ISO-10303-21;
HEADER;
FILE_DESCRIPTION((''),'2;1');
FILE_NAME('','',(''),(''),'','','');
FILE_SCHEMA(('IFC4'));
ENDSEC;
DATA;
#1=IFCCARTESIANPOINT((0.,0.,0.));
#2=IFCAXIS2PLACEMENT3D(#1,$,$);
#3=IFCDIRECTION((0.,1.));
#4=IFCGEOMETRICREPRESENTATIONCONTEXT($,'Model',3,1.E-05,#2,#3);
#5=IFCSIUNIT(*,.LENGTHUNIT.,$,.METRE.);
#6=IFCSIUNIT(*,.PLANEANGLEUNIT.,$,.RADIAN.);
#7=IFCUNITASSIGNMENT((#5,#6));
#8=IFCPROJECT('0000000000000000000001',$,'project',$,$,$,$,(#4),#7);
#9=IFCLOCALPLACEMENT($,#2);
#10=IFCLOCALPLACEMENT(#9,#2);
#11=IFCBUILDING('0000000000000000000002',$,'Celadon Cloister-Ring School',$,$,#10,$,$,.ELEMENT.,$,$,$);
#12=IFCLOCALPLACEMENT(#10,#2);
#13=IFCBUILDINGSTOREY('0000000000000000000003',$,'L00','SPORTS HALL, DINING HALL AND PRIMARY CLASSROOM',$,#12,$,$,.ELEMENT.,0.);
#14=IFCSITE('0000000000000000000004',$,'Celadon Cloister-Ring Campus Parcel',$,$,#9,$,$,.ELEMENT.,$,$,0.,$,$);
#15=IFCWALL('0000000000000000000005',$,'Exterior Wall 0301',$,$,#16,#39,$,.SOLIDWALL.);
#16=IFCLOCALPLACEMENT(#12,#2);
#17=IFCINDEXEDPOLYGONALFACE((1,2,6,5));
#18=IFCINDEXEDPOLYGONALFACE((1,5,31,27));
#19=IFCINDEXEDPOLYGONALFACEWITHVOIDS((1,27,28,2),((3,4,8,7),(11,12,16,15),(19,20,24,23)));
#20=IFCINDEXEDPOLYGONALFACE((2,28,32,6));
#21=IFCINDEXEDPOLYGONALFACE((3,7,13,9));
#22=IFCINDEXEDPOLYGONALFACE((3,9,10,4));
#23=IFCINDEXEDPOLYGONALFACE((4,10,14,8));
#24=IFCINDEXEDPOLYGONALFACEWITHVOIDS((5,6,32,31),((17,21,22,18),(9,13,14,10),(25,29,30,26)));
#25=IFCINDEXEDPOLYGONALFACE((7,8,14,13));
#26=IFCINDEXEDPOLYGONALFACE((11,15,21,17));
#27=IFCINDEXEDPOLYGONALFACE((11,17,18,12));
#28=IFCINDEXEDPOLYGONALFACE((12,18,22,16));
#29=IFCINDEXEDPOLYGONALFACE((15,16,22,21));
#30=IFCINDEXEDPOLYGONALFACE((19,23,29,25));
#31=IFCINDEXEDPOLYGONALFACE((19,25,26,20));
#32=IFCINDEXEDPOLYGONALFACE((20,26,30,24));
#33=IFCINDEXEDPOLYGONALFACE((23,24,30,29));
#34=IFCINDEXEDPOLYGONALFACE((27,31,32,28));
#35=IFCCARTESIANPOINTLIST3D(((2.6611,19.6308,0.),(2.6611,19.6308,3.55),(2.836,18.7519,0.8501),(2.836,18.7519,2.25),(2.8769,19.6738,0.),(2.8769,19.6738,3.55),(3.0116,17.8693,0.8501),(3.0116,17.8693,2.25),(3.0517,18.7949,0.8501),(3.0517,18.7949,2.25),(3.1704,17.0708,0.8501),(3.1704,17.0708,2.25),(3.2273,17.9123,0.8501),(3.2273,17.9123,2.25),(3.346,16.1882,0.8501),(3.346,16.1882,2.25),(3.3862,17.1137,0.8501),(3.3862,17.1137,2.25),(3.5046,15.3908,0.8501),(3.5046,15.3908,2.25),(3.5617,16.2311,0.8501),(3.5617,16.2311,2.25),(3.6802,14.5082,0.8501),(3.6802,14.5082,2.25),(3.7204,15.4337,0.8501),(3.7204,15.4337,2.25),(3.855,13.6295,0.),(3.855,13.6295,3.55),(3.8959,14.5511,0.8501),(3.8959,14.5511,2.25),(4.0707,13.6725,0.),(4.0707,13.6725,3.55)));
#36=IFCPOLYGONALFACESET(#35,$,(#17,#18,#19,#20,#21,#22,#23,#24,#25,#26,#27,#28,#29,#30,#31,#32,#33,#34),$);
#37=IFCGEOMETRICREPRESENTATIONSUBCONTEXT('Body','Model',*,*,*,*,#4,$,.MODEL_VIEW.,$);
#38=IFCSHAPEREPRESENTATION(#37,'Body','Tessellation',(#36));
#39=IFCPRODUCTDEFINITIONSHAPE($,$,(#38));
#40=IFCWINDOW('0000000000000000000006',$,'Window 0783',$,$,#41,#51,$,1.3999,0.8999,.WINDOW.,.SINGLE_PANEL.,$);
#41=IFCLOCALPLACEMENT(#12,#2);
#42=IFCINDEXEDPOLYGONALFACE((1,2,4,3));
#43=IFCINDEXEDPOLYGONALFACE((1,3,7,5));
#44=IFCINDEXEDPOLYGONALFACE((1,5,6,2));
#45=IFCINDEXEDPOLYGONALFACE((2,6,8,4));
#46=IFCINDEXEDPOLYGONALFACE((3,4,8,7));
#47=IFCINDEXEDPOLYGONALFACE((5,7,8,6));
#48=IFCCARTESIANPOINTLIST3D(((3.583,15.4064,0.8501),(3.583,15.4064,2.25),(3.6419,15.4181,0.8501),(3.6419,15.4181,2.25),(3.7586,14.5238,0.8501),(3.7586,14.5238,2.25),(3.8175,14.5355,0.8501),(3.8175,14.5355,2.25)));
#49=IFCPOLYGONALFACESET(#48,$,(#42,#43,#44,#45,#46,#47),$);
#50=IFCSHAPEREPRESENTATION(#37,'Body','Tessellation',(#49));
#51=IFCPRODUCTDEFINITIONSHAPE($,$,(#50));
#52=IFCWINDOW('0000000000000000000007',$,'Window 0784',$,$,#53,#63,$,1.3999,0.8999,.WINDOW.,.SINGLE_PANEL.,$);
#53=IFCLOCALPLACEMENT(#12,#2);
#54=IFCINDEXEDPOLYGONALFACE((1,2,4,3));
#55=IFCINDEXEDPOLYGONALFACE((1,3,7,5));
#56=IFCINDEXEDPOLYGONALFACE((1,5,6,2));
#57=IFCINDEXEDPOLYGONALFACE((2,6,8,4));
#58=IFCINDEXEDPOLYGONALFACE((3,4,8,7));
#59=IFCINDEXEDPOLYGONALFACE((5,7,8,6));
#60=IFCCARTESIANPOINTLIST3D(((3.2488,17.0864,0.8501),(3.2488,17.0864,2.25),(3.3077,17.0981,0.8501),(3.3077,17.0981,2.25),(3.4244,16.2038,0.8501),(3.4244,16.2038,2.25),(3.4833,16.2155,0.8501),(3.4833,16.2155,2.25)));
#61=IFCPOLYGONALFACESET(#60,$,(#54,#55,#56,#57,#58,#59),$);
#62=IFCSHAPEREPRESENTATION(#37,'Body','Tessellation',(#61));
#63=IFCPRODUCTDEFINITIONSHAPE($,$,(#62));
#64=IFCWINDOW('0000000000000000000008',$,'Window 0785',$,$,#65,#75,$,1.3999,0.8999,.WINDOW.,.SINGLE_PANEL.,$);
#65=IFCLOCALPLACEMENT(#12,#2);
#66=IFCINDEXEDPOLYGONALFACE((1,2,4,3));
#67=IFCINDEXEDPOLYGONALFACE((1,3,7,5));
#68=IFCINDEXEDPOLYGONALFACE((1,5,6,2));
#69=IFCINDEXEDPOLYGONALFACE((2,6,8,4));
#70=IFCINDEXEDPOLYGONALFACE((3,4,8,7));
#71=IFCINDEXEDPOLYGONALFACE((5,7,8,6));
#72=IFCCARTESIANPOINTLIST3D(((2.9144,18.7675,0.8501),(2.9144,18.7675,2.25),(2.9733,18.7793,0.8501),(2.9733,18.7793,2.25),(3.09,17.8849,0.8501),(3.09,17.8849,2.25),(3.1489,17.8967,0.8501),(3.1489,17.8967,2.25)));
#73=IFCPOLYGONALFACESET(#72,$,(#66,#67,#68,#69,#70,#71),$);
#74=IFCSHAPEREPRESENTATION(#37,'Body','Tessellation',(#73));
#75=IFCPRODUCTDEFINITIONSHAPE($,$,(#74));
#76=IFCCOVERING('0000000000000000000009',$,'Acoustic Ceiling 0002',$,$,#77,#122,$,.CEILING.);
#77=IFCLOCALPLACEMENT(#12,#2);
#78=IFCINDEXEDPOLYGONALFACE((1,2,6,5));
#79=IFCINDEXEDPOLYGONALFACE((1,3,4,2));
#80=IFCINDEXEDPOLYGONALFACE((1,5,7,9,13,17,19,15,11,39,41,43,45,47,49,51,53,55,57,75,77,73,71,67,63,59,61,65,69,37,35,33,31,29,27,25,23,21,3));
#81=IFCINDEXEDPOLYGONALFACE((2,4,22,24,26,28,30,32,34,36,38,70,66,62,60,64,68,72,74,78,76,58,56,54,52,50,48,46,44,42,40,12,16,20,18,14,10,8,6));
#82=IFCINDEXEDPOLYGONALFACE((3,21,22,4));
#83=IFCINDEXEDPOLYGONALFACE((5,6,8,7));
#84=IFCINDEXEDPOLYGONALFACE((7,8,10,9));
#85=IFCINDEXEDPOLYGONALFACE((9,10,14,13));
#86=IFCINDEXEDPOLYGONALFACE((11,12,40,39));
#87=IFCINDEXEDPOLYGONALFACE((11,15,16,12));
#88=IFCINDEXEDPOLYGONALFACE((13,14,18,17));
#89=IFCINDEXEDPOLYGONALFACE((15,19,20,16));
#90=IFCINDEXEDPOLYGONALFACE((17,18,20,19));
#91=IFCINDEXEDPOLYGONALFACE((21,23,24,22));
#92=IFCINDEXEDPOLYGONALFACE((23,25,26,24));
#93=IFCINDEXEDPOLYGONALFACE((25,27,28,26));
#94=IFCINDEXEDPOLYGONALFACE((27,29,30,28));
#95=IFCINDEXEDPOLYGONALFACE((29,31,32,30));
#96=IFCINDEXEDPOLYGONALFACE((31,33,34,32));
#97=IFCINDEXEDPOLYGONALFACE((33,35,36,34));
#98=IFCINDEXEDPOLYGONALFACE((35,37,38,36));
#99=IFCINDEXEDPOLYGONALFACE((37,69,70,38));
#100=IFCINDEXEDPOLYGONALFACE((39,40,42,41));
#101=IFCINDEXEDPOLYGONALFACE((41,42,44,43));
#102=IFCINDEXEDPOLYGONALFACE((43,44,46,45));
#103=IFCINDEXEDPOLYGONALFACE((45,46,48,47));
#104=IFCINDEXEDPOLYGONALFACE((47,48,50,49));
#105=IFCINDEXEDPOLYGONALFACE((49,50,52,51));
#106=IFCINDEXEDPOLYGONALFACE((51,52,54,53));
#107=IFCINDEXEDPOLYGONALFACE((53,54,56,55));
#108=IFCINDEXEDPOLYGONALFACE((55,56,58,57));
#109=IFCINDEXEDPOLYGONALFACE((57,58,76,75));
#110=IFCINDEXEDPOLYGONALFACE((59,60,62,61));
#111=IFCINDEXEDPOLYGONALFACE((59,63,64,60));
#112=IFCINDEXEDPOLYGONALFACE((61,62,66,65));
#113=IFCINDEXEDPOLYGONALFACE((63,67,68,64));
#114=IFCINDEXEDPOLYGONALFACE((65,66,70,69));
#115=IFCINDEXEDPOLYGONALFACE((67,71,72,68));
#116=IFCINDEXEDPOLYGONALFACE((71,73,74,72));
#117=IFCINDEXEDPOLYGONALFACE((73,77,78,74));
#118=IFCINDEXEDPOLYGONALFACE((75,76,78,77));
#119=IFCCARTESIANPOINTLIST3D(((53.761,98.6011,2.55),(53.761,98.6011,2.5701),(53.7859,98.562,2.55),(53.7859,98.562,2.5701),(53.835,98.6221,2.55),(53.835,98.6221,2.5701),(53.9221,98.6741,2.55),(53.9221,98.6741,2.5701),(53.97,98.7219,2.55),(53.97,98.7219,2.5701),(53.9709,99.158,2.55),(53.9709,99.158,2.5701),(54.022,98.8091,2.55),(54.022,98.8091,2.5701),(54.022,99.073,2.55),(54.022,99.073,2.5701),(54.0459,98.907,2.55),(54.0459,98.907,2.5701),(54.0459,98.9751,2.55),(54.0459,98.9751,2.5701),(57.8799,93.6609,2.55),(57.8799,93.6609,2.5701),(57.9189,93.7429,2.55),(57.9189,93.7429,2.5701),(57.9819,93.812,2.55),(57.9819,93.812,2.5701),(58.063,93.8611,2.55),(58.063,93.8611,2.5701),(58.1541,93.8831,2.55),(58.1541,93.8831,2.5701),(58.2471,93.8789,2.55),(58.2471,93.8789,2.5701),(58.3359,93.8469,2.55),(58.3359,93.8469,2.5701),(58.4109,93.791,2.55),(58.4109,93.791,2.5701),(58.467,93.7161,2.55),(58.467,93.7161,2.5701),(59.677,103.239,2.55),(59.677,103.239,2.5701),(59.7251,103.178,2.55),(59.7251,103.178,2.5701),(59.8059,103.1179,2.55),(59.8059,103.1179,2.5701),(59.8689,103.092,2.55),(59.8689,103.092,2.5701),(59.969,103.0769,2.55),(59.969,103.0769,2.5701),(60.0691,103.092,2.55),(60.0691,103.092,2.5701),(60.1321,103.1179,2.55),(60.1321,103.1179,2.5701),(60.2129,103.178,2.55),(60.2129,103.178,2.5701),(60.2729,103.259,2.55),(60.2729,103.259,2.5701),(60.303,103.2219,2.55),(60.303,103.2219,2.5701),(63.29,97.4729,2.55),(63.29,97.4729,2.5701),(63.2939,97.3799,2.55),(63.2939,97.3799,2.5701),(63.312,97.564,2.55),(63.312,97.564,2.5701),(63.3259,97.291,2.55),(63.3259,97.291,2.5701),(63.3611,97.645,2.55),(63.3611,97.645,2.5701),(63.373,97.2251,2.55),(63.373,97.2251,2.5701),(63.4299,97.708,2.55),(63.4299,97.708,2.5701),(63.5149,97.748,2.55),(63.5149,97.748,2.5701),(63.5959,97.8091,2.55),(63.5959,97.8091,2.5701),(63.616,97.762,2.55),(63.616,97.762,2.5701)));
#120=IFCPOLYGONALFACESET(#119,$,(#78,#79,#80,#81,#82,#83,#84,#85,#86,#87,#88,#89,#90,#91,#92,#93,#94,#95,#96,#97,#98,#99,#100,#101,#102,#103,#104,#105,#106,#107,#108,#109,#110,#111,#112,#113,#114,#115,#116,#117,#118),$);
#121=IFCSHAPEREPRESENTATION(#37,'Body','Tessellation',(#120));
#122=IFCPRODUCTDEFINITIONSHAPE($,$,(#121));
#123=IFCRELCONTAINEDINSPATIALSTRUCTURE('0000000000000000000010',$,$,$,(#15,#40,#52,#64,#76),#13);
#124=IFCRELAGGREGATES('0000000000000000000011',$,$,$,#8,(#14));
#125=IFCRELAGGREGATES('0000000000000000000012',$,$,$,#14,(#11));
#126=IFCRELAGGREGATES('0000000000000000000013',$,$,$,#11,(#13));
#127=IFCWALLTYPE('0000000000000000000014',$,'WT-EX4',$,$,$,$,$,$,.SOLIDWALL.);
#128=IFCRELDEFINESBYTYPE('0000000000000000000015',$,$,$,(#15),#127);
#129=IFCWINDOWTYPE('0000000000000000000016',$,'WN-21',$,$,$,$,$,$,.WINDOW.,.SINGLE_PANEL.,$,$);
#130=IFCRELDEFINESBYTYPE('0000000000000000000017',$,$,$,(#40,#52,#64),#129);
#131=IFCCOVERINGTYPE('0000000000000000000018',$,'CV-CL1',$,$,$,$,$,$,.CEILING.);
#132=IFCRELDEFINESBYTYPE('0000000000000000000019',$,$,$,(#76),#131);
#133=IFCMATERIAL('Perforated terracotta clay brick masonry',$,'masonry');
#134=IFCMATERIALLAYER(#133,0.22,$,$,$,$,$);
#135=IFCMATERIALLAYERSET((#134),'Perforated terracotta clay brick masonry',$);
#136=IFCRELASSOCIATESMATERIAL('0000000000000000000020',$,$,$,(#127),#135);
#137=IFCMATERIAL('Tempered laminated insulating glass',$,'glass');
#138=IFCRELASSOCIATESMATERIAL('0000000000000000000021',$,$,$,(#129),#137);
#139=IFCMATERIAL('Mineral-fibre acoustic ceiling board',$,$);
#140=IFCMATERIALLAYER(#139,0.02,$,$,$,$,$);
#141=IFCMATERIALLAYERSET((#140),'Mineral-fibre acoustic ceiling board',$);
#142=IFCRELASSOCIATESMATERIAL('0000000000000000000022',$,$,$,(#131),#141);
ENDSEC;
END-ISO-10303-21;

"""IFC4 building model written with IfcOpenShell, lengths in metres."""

from ifc_helpers import new_model, si_unit, direction, frame, frame_2d, origin, place, context, subcontext, project, spatial, polyline, rectangle, outline, extrude, material, layer, layer_set, type_object, element, fill, save


model = new_model("IFC4")

# Units and contexts
model_context = context("Model", 3, precision=1e-05, world=origin(), true_north=direction((0.0, 1.0)))
body_context = subcontext(model_context, "Body", "Model", "MODEL_VIEW")
ifc_project = project(units=[si_unit("LENGTHUNIT", "METRE"), si_unit("PLANEANGLEUNIT", "RADIAN")], contexts=[model_context])

# Site, building, storey
site_placement = place(None, origin())
site = spatial("IfcSite", under=ifc_project, at=site_placement, Name="Celadon Cloister-Ring Campus Parcel", CompositionType="ELEMENT", RefElevation=0.0)
building_placement = place(site_placement, origin())
building = spatial("IfcBuilding", under=site, at=building_placement, Name="Celadon Cloister-Ring School", CompositionType="ELEMENT")
storey_placement = place(building_placement, origin())
storey = spatial("IfcBuildingStorey", under=building, at=storey_placement, Name="L00", Description="SPORTS HALL, DINING HALL AND PRIMARY CLASSROOM", CompositionType="ELEMENT", Elevation=0.0)

# Wall, openings, windows
ifc_material_1 = material(Name="Perforated terracotta clay brick masonry", Category="masonry")
ifc_layer_1 = layer(ifc_material_1, 0.22)
ifc_layer_set_1 = layer_set([ifc_layer_1], Name="Perforated terracotta clay brick masonry")
wall_type = type_object("IfcWallType", Name="WT-EX4", PredefinedType="SOLIDWALL", material=ifc_layer_set_1)
wall_placement = place(storey_placement, frame((3.9629, 13.6509, 0.0), z_axis=(0.0, 0.0, 1.0), x_axis=(-0.195111, 0.980781, 0.0)))
wall = element("IfcWall", 1, at=wall_placement, inside=storey, type_object=wall_type, Name="Exterior Wall 0301", PredefinedType="SOLIDWALL", context=body_context, shape_type="SweptSolid", body=[
    extrude(rectangle(XDim=6.1189, YDim=0.22, at=frame_2d((3.0596, 0.0))), origin(), (0.0, 0.0, 1.0), 3.55),
])
opening_1_placement = place(wall_placement, frame((0.896, 0.0, 0.8501)))
opening_1 = element("IfcOpeningElement", 2, at=opening_1_placement, cuts=wall, PredefinedType="OPENING", context=body_context, shape_type="SweptSolid", body=[
    extrude(rectangle(XDim=0.8999, YDim=1.3999, at=frame_2d((0.45, 0.7))), frame((0.0, 0.1201, 0.0), z_axis=(0.0, -1.0, 0.0), x_axis=(1.0, 0.0, 0.0)), (0.0, 0.0, 1.0), 0.24),
])
opening_2_placement = place(wall_placement, frame((2.6089, 0.0, 0.8501)))
opening_2 = element("IfcOpeningElement", 3, at=opening_2_placement, cuts=wall, PredefinedType="OPENING", context=body_context, shape_type="SweptSolid", body=[
    extrude(rectangle(XDim=0.8999, YDim=1.3999, at=frame_2d((0.45, 0.7))), frame((0.0, 0.1201, 0.0), z_axis=(0.0, -1.0, 0.0), x_axis=(1.0, 0.0, 0.0)), (0.0, 0.0, 1.0), 0.24),
])
opening_3_placement = place(wall_placement, frame((4.323, 0.0, 0.8501)))
opening_3 = element("IfcOpeningElement", 4, at=opening_3_placement, cuts=wall, PredefinedType="OPENING", context=body_context, shape_type="SweptSolid", body=[
    extrude(rectangle(XDim=0.8999, YDim=1.3999, at=frame_2d((0.45, 0.7))), frame((0.0, 0.1201, 0.0), z_axis=(0.0, -1.0, 0.0), x_axis=(1.0, 0.0, 0.0)), (0.0, 0.0, 1.0), 0.24),
])
ifc_material_2 = material(Name="Tempered laminated insulating glass", Category="glass")
window_type = type_object("IfcWindowType", Name="WN-21", PartitioningType="SINGLE_PANEL", PredefinedType="WINDOW", material=ifc_material_2)
window_1_placement = place(opening_1_placement, origin())
window_1 = element("IfcWindow", 5, at=window_1_placement, inside=storey, type_object=window_type, Name="Window 0783", OverallHeight=1.3999, OverallWidth=0.8999, PartitioningType="SINGLE_PANEL", PredefinedType="WINDOW", context=body_context, shape_type="SweptSolid", body=[
    extrude(rectangle(XDim=0.8999, YDim=1.3999, at=frame_2d((0.45, 0.7))), frame((0.0, 0.03, 0.0), z_axis=(0.0, -1.0, 0.0), x_axis=(1.0, 0.0, 0.0)), (0.0, 0.0, 1.0), 0.0601),
])
fill(opening_1, window_1)
window_2_placement = place(opening_2_placement, origin())
window_2 = element("IfcWindow", 6, at=window_2_placement, inside=storey, type_object=window_type, Name="Window 0784", OverallHeight=1.3999, OverallWidth=0.8999, PartitioningType="SINGLE_PANEL", PredefinedType="WINDOW", context=body_context, shape_type="SweptSolid", body=[
    extrude(rectangle(XDim=0.8999, YDim=1.3999, at=frame_2d((0.45, 0.7))), frame((0.0, 0.03, 0.0), z_axis=(0.0, -1.0, 0.0), x_axis=(1.0, 0.0, 0.0)), (0.0, 0.0, 1.0), 0.0601),
])
fill(opening_2, window_2)
window_3_placement = place(opening_3_placement, origin())
window_3 = element("IfcWindow", 7, at=window_3_placement, inside=storey, type_object=window_type, Name="Window 0785", OverallHeight=1.3999, OverallWidth=0.8999, PartitioningType="SINGLE_PANEL", PredefinedType="WINDOW", context=body_context, shape_type="SweptSolid", body=[
    extrude(rectangle(XDim=0.8999, YDim=1.3999, at=frame_2d((0.45, 0.7))), frame((0.0, 0.03, 0.0), z_axis=(0.0, -1.0, 0.0), x_axis=(1.0, 0.0, 0.0)), (0.0, 0.0, 1.0), 0.0601),
])
fill(opening_3, window_3)

# Covering
ifc_material_3 = material(Name="Mineral-fibre acoustic ceiling board")
ifc_layer_2 = layer(ifc_material_3, 0.02)
ifc_layer_set_2 = layer_set([ifc_layer_2], Name="Mineral-fibre acoustic ceiling board")
covering_type_1 = type_object("IfcCoveringType", Name="CV-CL1", PredefinedType="CEILING", material=ifc_layer_set_2)
covering_1_placement = place(storey_placement, frame((0.0, 0.0, 2.55)))
element("IfcCovering", 8, at=covering_1_placement, inside=storey, type_object=covering_type_1, Name="Acoustic Ceiling 0002", PredefinedType="CEILING", context=body_context, shape_type="SweptSolid", body=[
    extrude(outline(polyline([(57.8799, 93.6609), (53.7859, 98.562), (53.761, 98.6011), (53.835, 98.6221), (53.9221, 98.6741), (53.97, 98.7219), (54.022, 98.8091), (54.0459, 98.907), (54.0459, 98.9751), (54.022, 99.073), (53.9709, 99.158), (59.677, 103.239), (59.7251, 103.178), (59.8059, 103.1179), (59.8689, 103.092), (59.969, 103.0769), (60.0691, 103.092), (60.1321, 103.1179), (60.2129, 103.178), (60.2729, 103.259), (60.303, 103.2219), (63.5959, 97.8091), (63.616, 97.762), (63.5149, 97.748), (63.4299, 97.708), (63.3611, 97.645), (63.312, 97.564), (63.29, 97.4729), (63.2939, 97.3799), (63.3259, 97.291), (63.373, 97.2251), (58.467, 93.7161), (58.4109, 93.791), (58.3359, 93.8469), (58.2471, 93.8789), (58.1541, 93.8831), (58.063, 93.8611), (57.9819, 93.812), (57.9189, 93.7429), (57.8799, 93.6609)])), origin(), (0.0, 0.0, 1.0), 0.02),
])

save(model, "model.ifc")
